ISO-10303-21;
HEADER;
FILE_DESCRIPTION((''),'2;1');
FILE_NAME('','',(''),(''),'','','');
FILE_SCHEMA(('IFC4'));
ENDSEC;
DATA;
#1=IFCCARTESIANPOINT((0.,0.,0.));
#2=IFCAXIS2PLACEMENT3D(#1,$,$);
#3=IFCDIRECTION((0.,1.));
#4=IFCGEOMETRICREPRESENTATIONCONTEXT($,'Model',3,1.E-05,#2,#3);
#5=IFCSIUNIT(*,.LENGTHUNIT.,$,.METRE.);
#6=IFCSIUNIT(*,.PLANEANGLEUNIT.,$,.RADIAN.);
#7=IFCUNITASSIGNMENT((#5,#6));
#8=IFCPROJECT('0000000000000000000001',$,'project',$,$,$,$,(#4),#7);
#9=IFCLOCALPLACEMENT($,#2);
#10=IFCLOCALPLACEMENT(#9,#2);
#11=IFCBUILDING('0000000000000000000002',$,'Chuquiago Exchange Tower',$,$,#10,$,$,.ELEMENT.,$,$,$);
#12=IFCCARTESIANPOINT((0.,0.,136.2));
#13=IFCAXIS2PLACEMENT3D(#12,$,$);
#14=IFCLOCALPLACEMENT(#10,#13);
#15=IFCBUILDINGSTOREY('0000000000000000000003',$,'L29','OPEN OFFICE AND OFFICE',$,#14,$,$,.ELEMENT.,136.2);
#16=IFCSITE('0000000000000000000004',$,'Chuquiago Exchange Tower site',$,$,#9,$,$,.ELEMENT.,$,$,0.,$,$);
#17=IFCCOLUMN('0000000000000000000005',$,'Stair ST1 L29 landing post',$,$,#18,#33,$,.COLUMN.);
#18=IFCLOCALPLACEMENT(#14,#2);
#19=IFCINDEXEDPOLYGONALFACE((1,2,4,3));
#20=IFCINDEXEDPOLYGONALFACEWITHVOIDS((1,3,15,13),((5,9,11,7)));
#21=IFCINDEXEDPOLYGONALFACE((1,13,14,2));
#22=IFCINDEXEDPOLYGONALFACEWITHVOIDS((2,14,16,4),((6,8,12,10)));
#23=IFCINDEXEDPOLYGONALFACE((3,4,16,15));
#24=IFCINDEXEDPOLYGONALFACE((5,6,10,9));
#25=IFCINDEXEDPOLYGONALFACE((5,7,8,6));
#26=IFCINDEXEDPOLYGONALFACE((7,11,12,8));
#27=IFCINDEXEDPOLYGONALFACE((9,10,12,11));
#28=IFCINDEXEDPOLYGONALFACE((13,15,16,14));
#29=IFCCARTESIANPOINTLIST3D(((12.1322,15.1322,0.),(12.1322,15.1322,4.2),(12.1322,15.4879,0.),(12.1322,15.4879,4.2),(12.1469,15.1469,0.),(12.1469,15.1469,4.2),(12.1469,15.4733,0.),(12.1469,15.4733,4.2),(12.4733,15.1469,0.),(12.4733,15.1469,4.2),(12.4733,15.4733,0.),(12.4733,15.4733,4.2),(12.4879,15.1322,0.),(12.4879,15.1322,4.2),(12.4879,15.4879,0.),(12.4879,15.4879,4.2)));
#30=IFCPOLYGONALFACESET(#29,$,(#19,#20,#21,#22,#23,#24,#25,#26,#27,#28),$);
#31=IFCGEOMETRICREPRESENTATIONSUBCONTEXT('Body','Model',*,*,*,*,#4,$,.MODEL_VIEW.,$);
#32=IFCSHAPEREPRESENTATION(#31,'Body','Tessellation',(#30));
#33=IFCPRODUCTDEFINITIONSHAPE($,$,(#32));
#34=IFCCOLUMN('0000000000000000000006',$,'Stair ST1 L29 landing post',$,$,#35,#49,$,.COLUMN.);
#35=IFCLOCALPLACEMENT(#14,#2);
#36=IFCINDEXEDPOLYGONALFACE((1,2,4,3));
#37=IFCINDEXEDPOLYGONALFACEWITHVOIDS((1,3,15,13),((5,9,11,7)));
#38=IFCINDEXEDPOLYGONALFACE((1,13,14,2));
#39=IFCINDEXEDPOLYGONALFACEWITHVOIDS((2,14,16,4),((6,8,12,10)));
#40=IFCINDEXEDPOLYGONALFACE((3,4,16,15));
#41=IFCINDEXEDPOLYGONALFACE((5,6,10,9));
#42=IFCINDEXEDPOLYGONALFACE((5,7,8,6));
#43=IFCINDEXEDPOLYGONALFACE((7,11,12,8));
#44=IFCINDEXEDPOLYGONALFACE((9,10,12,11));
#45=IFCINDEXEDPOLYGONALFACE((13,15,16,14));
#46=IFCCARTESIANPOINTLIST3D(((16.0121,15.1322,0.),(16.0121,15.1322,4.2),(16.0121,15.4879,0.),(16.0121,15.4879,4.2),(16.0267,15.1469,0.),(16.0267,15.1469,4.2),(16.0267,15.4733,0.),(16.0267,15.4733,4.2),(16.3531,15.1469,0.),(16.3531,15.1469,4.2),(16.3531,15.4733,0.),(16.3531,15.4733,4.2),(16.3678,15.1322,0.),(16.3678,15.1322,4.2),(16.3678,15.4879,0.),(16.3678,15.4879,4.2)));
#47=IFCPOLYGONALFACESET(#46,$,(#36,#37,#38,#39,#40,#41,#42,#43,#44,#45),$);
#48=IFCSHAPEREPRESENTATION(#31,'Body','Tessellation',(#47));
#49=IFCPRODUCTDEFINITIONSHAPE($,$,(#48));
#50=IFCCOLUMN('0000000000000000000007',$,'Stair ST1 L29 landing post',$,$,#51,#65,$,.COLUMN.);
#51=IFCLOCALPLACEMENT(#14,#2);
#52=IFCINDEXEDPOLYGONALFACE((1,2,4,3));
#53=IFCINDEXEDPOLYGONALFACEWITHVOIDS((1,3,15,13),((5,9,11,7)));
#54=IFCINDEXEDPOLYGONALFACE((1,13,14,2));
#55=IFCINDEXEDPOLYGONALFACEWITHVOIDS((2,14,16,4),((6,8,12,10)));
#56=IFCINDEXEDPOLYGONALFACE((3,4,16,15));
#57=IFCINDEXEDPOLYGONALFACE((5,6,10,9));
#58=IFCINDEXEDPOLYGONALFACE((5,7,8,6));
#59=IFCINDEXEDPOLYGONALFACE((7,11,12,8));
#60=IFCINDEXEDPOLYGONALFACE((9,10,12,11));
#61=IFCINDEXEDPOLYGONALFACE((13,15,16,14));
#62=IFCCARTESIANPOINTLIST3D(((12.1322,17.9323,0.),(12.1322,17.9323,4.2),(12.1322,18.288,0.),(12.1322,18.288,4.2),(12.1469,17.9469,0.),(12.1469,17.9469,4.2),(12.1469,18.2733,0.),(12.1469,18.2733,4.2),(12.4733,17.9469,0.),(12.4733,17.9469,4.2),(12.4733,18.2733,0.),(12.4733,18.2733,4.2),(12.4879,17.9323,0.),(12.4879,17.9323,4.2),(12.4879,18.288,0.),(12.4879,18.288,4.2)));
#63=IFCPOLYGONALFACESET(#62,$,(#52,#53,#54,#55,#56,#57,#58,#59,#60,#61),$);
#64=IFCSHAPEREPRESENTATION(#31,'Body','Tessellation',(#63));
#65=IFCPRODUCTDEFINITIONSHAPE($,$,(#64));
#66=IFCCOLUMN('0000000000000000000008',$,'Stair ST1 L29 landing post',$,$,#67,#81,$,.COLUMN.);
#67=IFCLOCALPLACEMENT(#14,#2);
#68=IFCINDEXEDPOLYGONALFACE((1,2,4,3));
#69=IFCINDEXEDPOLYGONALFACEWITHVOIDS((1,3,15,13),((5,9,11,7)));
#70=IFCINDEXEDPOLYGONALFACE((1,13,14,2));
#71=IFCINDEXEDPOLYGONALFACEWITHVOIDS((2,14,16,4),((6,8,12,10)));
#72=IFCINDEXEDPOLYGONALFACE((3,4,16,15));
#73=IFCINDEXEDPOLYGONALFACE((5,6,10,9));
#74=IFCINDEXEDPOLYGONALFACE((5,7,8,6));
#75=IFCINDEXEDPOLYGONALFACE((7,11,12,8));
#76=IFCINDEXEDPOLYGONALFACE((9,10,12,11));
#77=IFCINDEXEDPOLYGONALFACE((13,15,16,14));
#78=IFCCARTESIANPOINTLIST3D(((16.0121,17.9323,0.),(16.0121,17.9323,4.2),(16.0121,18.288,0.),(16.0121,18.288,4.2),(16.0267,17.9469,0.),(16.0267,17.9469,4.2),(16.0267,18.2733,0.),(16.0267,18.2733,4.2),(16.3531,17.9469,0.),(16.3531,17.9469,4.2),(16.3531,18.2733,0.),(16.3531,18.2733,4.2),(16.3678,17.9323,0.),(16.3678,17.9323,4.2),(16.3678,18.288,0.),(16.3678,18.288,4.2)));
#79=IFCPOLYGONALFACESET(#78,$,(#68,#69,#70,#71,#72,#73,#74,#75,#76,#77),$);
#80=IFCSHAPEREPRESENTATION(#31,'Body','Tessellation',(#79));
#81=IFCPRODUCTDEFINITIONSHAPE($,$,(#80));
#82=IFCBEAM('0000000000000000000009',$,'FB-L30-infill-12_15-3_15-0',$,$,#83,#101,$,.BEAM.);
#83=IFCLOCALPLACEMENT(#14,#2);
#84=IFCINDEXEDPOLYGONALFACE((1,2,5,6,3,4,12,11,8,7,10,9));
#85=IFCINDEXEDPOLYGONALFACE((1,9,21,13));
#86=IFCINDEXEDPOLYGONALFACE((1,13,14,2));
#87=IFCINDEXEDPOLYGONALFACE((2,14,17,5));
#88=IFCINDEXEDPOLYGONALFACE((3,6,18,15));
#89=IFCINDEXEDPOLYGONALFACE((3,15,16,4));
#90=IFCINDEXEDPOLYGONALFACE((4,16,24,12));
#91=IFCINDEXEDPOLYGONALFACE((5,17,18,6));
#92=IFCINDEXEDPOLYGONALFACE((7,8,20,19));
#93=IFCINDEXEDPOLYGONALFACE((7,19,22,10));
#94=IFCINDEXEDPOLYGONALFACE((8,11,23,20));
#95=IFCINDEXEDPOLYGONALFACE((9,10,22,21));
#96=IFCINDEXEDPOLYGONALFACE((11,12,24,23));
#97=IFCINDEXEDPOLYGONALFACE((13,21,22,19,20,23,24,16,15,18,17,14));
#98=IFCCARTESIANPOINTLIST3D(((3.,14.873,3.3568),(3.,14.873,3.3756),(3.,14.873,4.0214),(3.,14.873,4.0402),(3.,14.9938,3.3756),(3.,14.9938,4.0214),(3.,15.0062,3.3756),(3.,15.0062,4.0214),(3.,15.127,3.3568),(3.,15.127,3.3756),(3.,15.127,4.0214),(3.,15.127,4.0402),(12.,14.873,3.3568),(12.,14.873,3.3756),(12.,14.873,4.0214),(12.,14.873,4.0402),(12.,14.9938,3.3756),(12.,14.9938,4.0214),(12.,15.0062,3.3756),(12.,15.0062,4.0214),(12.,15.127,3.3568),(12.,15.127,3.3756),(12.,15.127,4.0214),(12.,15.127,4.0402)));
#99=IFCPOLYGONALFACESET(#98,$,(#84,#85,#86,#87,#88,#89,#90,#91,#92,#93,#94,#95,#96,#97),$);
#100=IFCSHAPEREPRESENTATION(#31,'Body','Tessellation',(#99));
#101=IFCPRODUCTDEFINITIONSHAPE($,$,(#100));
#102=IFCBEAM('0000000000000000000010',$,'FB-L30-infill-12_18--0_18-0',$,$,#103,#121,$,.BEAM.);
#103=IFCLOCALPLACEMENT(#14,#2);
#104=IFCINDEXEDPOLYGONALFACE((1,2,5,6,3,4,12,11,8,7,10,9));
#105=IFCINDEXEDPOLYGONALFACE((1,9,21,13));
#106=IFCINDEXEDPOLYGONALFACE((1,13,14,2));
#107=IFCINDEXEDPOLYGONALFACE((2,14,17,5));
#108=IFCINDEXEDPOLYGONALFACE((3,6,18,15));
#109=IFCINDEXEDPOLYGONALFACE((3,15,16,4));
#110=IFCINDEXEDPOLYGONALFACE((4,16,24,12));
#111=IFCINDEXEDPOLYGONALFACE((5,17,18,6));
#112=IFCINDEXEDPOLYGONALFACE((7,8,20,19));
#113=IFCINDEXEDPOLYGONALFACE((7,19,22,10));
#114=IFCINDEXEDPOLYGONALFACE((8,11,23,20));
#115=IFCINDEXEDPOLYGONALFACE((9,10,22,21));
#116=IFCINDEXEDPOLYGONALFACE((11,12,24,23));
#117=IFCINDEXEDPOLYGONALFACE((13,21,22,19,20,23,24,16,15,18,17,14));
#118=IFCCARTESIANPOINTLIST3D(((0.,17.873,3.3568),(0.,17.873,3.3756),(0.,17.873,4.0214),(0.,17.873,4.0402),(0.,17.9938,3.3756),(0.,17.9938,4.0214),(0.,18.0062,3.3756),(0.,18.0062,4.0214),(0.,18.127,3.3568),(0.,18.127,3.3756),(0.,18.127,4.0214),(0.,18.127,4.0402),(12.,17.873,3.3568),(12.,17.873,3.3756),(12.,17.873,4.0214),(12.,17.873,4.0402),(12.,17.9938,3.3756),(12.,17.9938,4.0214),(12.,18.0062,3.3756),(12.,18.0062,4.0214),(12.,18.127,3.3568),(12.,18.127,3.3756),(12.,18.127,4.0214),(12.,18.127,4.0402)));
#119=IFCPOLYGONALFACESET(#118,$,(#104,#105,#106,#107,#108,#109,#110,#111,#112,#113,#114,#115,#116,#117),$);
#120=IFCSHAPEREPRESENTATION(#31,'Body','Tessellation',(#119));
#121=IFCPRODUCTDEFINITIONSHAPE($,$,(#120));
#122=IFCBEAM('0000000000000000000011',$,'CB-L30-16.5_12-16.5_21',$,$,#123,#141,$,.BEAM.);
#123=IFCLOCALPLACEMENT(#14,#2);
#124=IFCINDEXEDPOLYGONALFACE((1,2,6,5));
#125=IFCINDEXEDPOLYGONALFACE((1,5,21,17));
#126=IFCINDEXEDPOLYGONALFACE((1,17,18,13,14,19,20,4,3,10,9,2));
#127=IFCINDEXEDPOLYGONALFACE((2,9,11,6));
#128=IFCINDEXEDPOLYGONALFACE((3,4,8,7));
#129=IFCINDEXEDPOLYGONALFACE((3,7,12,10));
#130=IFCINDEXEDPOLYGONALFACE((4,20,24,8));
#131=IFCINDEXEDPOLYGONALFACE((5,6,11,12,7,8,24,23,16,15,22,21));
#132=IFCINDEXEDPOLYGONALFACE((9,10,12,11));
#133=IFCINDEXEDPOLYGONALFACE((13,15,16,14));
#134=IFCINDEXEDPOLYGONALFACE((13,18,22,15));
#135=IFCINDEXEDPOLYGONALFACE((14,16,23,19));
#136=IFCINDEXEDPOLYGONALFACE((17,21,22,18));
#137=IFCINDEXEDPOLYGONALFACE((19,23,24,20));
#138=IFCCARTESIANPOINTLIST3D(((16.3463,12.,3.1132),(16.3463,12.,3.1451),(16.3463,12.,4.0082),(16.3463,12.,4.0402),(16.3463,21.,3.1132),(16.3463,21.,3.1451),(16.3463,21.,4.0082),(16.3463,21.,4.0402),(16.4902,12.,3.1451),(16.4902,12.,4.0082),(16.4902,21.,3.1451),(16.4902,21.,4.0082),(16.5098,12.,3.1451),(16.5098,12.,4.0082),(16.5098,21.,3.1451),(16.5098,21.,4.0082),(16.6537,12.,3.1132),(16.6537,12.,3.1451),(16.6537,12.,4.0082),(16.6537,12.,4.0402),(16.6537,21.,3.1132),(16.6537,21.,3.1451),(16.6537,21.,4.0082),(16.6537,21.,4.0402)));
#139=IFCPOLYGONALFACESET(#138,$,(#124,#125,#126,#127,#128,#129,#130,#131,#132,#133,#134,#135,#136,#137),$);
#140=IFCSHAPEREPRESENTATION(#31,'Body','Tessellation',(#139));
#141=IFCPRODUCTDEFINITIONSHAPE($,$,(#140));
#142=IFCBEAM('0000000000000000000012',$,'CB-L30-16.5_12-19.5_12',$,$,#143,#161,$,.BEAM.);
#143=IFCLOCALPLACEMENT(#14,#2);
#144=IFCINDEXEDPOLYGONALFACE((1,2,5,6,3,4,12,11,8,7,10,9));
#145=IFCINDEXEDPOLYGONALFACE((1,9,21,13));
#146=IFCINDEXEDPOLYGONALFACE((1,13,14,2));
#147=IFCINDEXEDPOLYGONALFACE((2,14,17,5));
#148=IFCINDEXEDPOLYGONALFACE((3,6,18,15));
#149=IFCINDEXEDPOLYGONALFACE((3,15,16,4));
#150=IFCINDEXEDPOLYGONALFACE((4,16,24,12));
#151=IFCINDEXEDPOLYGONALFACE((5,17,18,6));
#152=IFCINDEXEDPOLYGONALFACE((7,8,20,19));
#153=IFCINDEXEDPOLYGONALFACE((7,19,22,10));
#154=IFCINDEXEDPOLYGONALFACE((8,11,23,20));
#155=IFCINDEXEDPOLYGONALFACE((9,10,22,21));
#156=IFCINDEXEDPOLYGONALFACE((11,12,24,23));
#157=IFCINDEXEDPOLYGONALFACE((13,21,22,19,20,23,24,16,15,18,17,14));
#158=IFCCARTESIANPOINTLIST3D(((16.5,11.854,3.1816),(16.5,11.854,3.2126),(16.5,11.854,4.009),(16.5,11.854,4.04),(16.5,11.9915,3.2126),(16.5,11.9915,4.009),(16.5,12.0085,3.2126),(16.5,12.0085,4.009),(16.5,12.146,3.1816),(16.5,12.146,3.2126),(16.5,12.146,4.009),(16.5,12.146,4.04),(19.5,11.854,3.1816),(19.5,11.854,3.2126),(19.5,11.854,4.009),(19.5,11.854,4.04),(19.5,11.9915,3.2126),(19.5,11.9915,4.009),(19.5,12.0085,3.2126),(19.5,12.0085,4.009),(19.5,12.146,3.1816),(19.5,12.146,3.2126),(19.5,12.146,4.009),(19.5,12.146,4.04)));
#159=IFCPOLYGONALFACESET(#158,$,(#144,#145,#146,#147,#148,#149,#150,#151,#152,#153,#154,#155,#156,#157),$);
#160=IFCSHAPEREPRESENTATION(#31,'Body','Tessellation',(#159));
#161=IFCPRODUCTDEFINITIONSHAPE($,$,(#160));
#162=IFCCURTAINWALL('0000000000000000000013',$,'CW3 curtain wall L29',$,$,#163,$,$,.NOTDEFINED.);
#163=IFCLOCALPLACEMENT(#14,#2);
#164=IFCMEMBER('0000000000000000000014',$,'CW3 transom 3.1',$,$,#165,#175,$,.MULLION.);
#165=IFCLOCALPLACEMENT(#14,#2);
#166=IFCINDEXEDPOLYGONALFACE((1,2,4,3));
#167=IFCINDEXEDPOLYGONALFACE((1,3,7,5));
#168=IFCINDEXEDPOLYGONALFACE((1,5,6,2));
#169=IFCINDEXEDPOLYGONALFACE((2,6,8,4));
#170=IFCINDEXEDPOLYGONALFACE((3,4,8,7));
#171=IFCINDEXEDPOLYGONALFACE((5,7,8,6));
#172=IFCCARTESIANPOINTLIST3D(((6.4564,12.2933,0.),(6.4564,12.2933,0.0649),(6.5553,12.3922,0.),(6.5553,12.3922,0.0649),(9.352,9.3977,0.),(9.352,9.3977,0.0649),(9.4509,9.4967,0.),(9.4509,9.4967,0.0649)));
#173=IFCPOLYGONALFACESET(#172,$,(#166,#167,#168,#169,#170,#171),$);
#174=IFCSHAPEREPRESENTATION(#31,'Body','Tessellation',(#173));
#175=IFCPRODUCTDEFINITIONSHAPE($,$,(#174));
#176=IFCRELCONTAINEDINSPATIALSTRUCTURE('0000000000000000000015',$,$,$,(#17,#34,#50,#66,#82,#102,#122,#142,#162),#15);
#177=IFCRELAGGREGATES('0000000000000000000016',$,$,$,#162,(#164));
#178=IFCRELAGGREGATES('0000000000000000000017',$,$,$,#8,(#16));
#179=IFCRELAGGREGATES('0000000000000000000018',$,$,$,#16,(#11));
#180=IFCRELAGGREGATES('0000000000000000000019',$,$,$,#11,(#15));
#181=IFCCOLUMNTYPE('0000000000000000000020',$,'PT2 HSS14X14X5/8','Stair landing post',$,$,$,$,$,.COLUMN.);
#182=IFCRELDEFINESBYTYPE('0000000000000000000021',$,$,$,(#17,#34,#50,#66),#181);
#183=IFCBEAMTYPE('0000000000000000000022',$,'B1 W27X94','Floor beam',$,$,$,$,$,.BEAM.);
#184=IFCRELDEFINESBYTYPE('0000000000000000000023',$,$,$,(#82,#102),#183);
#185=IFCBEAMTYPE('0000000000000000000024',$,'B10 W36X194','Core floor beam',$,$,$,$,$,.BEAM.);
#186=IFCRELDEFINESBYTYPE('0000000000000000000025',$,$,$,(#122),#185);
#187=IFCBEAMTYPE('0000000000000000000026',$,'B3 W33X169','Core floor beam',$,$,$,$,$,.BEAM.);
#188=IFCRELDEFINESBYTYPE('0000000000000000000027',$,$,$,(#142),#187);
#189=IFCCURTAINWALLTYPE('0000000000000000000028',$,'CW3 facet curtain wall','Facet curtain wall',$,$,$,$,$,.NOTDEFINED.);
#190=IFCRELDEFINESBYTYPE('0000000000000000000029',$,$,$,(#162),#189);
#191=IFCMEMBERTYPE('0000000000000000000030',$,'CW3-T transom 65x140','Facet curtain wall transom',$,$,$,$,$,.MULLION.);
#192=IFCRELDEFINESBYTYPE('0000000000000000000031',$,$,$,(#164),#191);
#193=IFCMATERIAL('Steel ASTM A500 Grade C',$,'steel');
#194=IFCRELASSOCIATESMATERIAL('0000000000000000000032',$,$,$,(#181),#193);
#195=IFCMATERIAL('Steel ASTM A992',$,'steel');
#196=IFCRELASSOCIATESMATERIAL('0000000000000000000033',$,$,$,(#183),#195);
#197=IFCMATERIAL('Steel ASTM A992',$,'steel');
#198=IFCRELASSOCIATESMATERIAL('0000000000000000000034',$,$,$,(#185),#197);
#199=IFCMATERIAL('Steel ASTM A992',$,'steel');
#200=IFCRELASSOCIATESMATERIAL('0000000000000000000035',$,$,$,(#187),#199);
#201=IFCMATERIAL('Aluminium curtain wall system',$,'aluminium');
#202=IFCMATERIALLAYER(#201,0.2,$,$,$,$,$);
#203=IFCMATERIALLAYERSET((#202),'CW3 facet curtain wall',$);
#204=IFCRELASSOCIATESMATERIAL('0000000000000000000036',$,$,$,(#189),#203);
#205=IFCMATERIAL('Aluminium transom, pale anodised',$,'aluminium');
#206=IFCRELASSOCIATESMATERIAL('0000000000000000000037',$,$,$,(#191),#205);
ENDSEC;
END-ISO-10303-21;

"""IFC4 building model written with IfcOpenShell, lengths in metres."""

from ifc_helpers import new_model, si_unit, direction, frame, origin, origin_2d, place, context, subcontext, project, spatial, rectangle, hollow_rectangle, i_section, extrude, material, layer, layer_set, material_profile, profile_set, type_object, element, aggregate, save


model = new_model("IFC4")

# Units and contexts
model_context = context("Model", 3, precision=1e-05, world=origin(), true_north=direction((0.0, 1.0)))
body_context = subcontext(model_context, "Body", "Model", "MODEL_VIEW")
ifc_project = project(units=[si_unit("LENGTHUNIT", "METRE"), si_unit("PLANEANGLEUNIT", "RADIAN")], contexts=[model_context])

# Site, building, storey
site_placement = place(None, origin())
site = spatial("IfcSite", under=ifc_project, at=site_placement, Name="Chuquiago Exchange Tower site", CompositionType="ELEMENT", RefElevation=0.0)
building_placement = place(site_placement, origin())
building = spatial("IfcBuilding", under=site, at=building_placement, Name="Chuquiago Exchange Tower", CompositionType="ELEMENT")
storey_placement = place(building_placement, frame((0.0, 0.0, 136.2)))
storey = spatial("IfcBuildingStorey", under=building, at=storey_placement, Name="L29", Description="OPEN OFFICE AND OFFICE", CompositionType="ELEMENT", Elevation=136.2)

# Columns
ifc_material_1 = material(Name="Steel ASTM A500 Grade C", Category="steel")
ifc_material_profile_1 = material_profile(ifc_material_1, hollow_rectangle(XDim=0.3557, YDim=0.3557, WallThickness=0.0146, at=origin_2d()), Name="HSS14X14X5/8")
ifc_profile_set_1 = profile_set([ifc_material_profile_1], Name="Steel ASTM A500 Grade C")
column_type = type_object("IfcColumnType", Name="PT2 HSS14X14X5/8", Description="Stair landing post", PredefinedType="COLUMN", material=ifc_profile_set_1)
for number, where, z_axis, x_axis, name in (
    (1, (12.3101, 15.3101, 0.0), (0.0, 0.0, 1.0), (1.0, 0.0, 0.0), "Stair ST1 L29 landing post"),
    (2, (16.1899, 15.3101, 0.0), (0.0, 0.0, 1.0), (1.0, 0.0, 0.0), "Stair ST1 L29 landing post"),
    (3, (12.3101, 18.1101, 0.0), (0.0, 0.0, 1.0), (1.0, 0.0, 0.0), "Stair ST1 L29 landing post"),
    (4, (16.1899, 18.1101, 0.0), (0.0, 0.0, 1.0), (1.0, 0.0, 0.0), "Stair ST1 L29 landing post"),
):
    element("IfcColumn", number, at=place(storey_placement, frame(where, z_axis=z_axis, x_axis=x_axis)), inside=storey, type_object=column_type, Name=name, PredefinedType="COLUMN", context=body_context, shape_type="SweptSolid", body=[
        extrude(hollow_rectangle(XDim=0.3557, YDim=0.3557, WallThickness=0.0146, at=origin_2d()), origin(), (0.0, 0.0, 1.0), 4.2),
    ])

# Beams
ifc_material_2 = material(Name="Steel ASTM A992", Category="steel")
ifc_material_profile_2 = material_profile(ifc_material_2, i_section(OverallWidth=0.2539, OverallDepth=0.6833, WebThickness=0.0125, FlangeThickness=0.0188, at=origin_2d()), Name="W27X94")
ifc_profile_set_2 = profile_set([ifc_material_profile_2], Name="Steel ASTM A992")
beam_type_1 = type_object("IfcBeamType", Name="B1 W27X94", Description="Floor beam", PredefinedType="BEAM", material=ifc_profile_set_2)
beam_1_placement = place(storey_placement, frame((12.0, 15.0, 3.6985), z_axis=(-1.0, 0.0, 0.0), x_axis=(0.0, -1.0, 0.0)))
element("IfcBeam", 5, at=beam_1_placement, inside=storey, type_object=beam_type_1, Name="FB-L30-infill-12_15-3_15-0", PredefinedType="BEAM", context=body_context, shape_type="SweptSolid", body=[
    extrude(i_section(OverallWidth=0.2539, OverallDepth=0.6833, WebThickness=0.0125, FlangeThickness=0.0188, at=origin_2d()), origin(), (0.0, 0.0, 1.0), 9.0),
])
beam_2_placement = place(storey_placement, frame((12.0, 18.0, 3.6985), z_axis=(-1.0, 0.0, 0.0), x_axis=(0.0, -1.0, 0.0)))
element("IfcBeam", 6, at=beam_2_placement, inside=storey, type_object=beam_type_1, Name="FB-L30-infill-12_18--0_18-0", PredefinedType="BEAM", context=body_context, shape_type="SweptSolid", body=[
    extrude(i_section(OverallWidth=0.2539, OverallDepth=0.6833, WebThickness=0.0125, FlangeThickness=0.0188, at=origin_2d()), origin(), (0.0, 0.0, 1.0), 12.0),
])
ifc_material_3 = material(Name="Steel ASTM A992", Category="steel")
ifc_material_profile_3 = material_profile(ifc_material_3, i_section(OverallWidth=0.3074, OverallDepth=0.927, WebThickness=0.0195, FlangeThickness=0.032, at=origin_2d()), Name="W36X194")
ifc_profile_set_3 = profile_set([ifc_material_profile_3], Name="Steel ASTM A992")
beam_type_2 = type_object("IfcBeamType", Name="B10 W36X194", Description="Core floor beam", PredefinedType="BEAM", material=ifc_profile_set_3)
beam_3_placement = place(storey_placement, frame((16.5, 12.0, 3.5767), z_axis=(0.0, 1.0, 0.0), x_axis=(-1.0, 0.0, 0.0)))
element("IfcBeam", 7, at=beam_3_placement, inside=storey, type_object=beam_type_2, Name="CB-L30-16.5_12-16.5_21", PredefinedType="BEAM", context=body_context, shape_type="SweptSolid", body=[
    extrude(i_section(OverallWidth=0.3074, OverallDepth=0.927, WebThickness=0.0195, FlangeThickness=0.032, at=origin_2d()), origin(), (0.0, 0.0, 1.0), 9.0),
])
ifc_material_4 = material(Name="Steel ASTM A992", Category="steel")
ifc_material_profile_4 = material_profile(ifc_material_4, i_section(OverallWidth=0.292, OverallDepth=0.8584, WebThickness=0.0171, FlangeThickness=0.031, at=origin_2d()), Name="W33X169")
ifc_profile_set_4 = profile_set([ifc_material_profile_4], Name="Steel ASTM A992")
beam_type_3 = type_object("IfcBeamType", Name="B3 W33X169", Description="Core floor beam", PredefinedType="BEAM", material=ifc_profile_set_4)
beam_4_placement = place(storey_placement, frame((16.5, 12.0, 3.6108), z_axis=(1.0, 0.0, 0.0), x_axis=(0.0, 1.0, 0.0)))
element("IfcBeam", 8, at=beam_4_placement, inside=storey, type_object=beam_type_3, Name="CB-L30-16.5_12-19.5_12", PredefinedType="BEAM", context=body_context, shape_type="SweptSolid", body=[
    extrude(i_section(OverallWidth=0.292, OverallDepth=0.8584, WebThickness=0.0171, FlangeThickness=0.031, at=origin_2d()), origin(), (0.0, 0.0, 1.0), 3.0),
])

# Curtain wall, member
ifc_material_5 = material(Name="Aluminium curtain wall system", Category="aluminium")
ifc_layer_1 = layer(ifc_material_5, 0.2)
ifc_layer_set_1 = layer_set([ifc_layer_1], Name="CW3 facet curtain wall")
curtain_wall_type = type_object("IfcCurtainWallType", Name="CW3 facet curtain wall", Description="Facet curtain wall", PredefinedType="NOTDEFINED", material=ifc_layer_set_1)
curtain_wall_placement = place(storey_placement, origin())
curtain_wall = element("IfcCurtainWall", 9, at=curtain_wall_placement, inside=storey, type_object=curtain_wall_type, Name="CW3 curtain wall L29", PredefinedType="NOTDEFINED")
ifc_material_6 = material(Name="Aluminium transom, pale anodised", Category="aluminium")
ifc_material_profile_5 = material_profile(ifc_material_6, rectangle(XDim=0.1399, YDim=0.0649, at=origin_2d()), Name="AL 140x65")
ifc_profile_set_5 = profile_set([ifc_material_profile_5], Name="Aluminium transom, pale anodised")
member_type = type_object("IfcMemberType", Name="CW3-T transom 65x140", Description="Facet curtain wall transom", PredefinedType="MULLION", material=ifc_profile_set_5)
member_placement = place(storey_placement, frame((6.5059, 12.3428, 0.0325), z_axis=(0.707107, -0.707107, 0.0), x_axis=(0.707107, 0.707107, 0.0)))
member = element("IfcMember", 10, at=member_placement, type_object=member_type, Name="CW3 transom 3.1", PredefinedType="MULLION", context=body_context, shape_type="SweptSolid", body=[
    extrude(rectangle(XDim=0.1399, YDim=0.0649, at=origin_2d()), origin(), (0.0, 0.0, 1.0), 4.095),
])
aggregate(curtain_wall, [member])

save(model, "model.ifc")
